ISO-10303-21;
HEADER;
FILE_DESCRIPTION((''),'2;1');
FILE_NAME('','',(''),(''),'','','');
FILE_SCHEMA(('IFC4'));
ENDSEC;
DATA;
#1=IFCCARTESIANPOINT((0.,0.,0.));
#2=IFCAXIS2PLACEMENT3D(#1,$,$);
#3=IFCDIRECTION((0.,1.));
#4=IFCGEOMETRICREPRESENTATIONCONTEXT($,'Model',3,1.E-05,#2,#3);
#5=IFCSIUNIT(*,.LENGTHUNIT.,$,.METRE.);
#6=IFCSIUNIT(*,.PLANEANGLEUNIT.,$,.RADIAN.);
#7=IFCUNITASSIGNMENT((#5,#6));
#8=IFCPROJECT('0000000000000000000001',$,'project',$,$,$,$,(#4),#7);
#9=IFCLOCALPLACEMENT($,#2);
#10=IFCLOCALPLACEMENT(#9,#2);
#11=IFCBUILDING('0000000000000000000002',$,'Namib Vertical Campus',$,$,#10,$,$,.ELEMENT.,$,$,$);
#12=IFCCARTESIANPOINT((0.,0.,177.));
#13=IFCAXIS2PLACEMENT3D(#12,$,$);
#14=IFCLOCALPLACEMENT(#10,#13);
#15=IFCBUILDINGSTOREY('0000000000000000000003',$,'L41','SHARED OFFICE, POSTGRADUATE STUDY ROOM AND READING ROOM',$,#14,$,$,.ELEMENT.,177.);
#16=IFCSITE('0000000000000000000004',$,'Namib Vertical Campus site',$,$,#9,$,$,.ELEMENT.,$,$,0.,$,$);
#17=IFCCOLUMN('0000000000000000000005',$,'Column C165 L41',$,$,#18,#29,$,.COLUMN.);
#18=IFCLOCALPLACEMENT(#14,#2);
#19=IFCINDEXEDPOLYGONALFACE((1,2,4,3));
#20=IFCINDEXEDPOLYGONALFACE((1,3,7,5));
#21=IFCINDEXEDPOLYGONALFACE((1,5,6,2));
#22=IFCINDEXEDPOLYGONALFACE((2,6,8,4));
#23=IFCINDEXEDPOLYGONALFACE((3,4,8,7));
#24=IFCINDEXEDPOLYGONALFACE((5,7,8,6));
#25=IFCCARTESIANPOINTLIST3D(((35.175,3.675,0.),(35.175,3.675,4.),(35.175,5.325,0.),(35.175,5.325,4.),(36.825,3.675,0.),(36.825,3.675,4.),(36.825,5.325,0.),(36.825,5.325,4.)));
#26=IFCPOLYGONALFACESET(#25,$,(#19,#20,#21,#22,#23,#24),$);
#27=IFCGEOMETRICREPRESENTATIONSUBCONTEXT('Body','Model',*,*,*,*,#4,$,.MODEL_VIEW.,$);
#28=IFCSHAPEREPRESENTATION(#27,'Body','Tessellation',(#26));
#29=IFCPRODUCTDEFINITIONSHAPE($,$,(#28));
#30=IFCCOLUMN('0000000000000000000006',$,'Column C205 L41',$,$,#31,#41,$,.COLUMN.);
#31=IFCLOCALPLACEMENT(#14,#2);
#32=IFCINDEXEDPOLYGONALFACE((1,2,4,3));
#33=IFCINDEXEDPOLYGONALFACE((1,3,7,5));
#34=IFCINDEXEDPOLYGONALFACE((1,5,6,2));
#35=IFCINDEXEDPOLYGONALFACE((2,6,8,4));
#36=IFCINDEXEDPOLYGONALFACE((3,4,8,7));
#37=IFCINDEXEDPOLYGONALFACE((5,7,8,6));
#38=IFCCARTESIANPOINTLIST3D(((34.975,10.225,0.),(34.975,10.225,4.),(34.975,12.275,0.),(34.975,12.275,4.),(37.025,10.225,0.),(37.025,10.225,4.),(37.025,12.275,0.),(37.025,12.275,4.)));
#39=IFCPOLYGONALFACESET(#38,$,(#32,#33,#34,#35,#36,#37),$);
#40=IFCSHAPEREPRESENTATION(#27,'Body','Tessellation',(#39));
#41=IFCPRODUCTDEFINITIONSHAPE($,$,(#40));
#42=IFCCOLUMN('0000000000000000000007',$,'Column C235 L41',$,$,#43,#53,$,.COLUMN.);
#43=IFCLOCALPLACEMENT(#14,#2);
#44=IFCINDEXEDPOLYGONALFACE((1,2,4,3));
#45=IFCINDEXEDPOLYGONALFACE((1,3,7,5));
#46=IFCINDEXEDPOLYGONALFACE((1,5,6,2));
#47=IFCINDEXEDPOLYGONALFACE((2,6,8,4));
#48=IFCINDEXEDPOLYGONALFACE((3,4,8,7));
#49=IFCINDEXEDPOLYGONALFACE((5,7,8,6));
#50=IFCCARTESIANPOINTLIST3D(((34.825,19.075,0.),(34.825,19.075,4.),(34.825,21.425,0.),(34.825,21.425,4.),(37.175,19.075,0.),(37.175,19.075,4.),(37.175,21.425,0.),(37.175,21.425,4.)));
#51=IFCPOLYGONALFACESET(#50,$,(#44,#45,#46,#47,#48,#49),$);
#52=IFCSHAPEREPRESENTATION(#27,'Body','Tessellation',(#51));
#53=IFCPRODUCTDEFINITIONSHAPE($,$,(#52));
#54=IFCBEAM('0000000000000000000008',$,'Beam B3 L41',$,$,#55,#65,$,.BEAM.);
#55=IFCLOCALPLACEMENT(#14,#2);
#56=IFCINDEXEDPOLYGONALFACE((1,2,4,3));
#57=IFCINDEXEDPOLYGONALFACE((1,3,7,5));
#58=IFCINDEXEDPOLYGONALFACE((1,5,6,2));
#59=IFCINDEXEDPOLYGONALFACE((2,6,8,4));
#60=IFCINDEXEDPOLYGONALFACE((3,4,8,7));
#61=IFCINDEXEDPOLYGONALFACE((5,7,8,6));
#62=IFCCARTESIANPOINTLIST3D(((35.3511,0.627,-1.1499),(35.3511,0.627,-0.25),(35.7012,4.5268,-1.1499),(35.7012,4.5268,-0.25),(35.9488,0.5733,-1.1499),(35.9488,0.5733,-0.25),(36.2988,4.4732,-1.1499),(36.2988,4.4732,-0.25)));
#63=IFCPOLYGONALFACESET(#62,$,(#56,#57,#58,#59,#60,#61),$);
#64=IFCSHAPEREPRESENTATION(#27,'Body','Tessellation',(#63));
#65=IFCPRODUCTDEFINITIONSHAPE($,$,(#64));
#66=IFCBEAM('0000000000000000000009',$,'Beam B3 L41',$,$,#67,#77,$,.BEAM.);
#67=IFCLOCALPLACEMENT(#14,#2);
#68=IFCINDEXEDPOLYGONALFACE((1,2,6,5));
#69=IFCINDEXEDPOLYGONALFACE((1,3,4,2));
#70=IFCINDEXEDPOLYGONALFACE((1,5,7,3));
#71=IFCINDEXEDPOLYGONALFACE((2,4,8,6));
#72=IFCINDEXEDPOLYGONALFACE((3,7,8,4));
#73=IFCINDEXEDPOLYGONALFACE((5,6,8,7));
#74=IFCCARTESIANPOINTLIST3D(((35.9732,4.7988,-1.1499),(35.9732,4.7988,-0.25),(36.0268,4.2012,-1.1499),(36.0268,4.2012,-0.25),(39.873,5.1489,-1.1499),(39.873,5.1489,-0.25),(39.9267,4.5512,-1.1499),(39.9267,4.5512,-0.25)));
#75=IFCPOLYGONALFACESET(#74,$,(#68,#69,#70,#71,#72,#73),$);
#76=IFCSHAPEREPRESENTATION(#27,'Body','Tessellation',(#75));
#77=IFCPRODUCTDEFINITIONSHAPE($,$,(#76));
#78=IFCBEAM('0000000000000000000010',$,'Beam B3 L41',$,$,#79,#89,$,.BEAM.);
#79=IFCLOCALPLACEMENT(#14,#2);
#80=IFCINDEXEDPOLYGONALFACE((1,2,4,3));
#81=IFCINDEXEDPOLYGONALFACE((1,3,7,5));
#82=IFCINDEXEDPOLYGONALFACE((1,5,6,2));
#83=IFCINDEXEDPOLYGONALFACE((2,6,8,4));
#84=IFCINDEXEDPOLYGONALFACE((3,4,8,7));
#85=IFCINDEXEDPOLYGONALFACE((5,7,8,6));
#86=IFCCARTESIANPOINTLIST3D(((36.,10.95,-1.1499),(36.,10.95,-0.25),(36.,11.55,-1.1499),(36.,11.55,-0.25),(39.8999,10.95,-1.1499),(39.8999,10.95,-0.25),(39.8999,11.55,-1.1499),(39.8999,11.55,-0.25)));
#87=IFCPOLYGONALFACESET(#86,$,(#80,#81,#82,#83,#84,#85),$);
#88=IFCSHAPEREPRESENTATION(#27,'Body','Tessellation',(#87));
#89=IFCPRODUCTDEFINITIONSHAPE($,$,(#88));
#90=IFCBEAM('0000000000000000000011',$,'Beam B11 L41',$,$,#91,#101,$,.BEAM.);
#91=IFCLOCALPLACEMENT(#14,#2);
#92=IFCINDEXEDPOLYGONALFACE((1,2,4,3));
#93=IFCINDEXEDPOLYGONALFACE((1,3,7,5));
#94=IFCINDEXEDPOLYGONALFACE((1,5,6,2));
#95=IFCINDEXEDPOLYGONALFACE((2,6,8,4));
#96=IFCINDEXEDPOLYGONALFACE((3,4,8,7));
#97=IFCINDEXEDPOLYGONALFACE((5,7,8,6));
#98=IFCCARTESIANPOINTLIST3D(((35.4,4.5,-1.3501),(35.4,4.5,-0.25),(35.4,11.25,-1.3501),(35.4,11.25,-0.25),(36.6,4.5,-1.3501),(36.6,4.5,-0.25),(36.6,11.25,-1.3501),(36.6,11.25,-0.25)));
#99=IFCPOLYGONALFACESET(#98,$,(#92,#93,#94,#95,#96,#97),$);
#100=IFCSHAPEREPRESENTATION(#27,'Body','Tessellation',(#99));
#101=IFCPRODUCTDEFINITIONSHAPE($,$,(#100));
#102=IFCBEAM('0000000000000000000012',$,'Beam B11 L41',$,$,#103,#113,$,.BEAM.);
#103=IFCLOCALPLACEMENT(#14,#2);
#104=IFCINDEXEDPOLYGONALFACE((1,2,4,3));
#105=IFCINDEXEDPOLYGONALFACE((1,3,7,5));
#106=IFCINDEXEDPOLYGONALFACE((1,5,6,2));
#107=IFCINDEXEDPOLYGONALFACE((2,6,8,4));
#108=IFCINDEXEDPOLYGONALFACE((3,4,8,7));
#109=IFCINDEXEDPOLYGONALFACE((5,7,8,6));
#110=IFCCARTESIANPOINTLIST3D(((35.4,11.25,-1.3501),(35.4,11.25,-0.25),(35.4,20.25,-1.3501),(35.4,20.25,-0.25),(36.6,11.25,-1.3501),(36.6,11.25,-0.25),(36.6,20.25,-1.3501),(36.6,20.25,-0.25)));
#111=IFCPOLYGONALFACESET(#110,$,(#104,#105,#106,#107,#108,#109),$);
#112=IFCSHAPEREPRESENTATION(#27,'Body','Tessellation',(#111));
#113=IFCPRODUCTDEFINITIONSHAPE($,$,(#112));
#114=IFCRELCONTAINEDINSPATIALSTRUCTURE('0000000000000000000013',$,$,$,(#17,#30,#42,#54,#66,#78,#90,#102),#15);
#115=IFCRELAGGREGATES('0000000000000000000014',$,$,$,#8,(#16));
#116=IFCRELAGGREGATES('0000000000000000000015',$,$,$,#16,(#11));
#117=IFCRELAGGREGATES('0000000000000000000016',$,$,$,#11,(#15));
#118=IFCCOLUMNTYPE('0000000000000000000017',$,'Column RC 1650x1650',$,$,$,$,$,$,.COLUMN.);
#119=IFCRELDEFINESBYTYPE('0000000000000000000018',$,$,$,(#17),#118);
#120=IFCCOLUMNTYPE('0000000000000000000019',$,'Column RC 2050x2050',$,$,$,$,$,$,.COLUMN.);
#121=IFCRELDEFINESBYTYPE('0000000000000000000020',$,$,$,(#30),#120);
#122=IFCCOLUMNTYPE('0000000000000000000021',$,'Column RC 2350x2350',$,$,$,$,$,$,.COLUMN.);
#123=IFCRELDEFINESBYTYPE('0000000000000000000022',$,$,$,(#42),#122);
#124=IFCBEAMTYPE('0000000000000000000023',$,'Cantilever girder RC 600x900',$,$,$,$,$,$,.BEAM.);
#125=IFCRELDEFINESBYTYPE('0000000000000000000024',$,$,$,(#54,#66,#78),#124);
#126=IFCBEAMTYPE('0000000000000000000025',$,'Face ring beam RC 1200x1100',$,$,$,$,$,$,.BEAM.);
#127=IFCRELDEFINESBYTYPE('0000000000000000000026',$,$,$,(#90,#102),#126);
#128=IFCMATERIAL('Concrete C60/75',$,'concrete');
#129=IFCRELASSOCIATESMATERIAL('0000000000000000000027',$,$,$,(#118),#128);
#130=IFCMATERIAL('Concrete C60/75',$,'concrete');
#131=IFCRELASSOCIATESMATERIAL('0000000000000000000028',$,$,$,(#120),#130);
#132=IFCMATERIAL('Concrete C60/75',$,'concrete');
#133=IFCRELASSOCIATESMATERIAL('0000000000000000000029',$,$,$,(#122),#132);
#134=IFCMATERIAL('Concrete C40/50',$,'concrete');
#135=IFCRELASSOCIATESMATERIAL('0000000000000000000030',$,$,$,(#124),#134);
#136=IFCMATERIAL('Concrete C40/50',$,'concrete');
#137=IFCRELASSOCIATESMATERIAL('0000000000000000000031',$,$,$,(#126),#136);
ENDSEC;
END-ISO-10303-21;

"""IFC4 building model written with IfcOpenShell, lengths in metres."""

from ifc_helpers import new_model, si_unit, direction, frame, origin, origin_2d, place, context, subcontext, project, spatial, rectangle, extrude, material, material_profile, profile_set, type_object, element, save


model = new_model("IFC4")

# Units and contexts
model_context = context("Model", 3, precision=1e-05, world=origin(), true_north=direction((0.0, 1.0)))
body_context = subcontext(model_context, "Body", "Model", "MODEL_VIEW")
ifc_project = project(units=[si_unit("LENGTHUNIT", "METRE"), si_unit("PLANEANGLEUNIT", "RADIAN")], contexts=[model_context])

# Site, building, storey
site_placement = place(None, origin())
site = spatial("IfcSite", under=ifc_project, at=site_placement, Name="Namib Vertical Campus site", CompositionType="ELEMENT", RefElevation=0.0)
building_placement = place(site_placement, origin())
building = spatial("IfcBuilding", under=site, at=building_placement, Name="Namib Vertical Campus", CompositionType="ELEMENT")
storey_placement = place(building_placement, frame((0.0, 0.0, 177.0)))
storey = spatial("IfcBuildingStorey", under=building, at=storey_placement, Name="L41", Description="SHARED OFFICE, POSTGRADUATE STUDY ROOM AND READING ROOM", CompositionType="ELEMENT", Elevation=177.0)

# Columns
ifc_material_1 = material(Name="Concrete C60/75", Category="concrete")
ifc_material_profile_1 = material_profile(ifc_material_1, rectangle(XDim=1.6499, YDim=1.6499, at=origin_2d()))
ifc_profile_set_1 = profile_set([ifc_material_profile_1], Name="Concrete C60/75")
column_type_1 = type_object("IfcColumnType", Name="Column RC 1650x1650", PredefinedType="COLUMN", material=ifc_profile_set_1)
column_1_placement = place(storey_placement, frame((36.0, 4.5, 0.0), z_axis=(0.0, 0.0, 1.0), x_axis=(1.0, 0.0, 0.0)))
element("IfcColumn", 1, at=column_1_placement, inside=storey, type_object=column_type_1, Name="Column C165 L41", PredefinedType="COLUMN", context=body_context, shape_type="SweptSolid", body=[
    extrude(rectangle(XDim=1.6499, YDim=1.6499, at=origin_2d()), origin(), (0.0, 0.0, 1.0), 4.0),
])
ifc_material_2 = material(Name="Concrete C60/75", Category="concrete")
ifc_material_profile_2 = material_profile(ifc_material_2, rectangle(XDim=2.05, YDim=2.05, at=origin_2d()))
ifc_profile_set_2 = profile_set([ifc_material_profile_2], Name="Concrete C60/75")
column_type_2 = type_object("IfcColumnType", Name="Column RC 2050x2050", PredefinedType="COLUMN", material=ifc_profile_set_2)
column_2_placement = place(storey_placement, frame((36.0, 11.25, 0.0), z_axis=(0.0, 0.0, 1.0), x_axis=(1.0, 0.0, 0.0)))
element("IfcColumn", 2, at=column_2_placement, inside=storey, type_object=column_type_2, Name="Column C205 L41", PredefinedType="COLUMN", context=body_context, shape_type="SweptSolid", body=[
    extrude(rectangle(XDim=2.05, YDim=2.05, at=origin_2d()), origin(), (0.0, 0.0, 1.0), 4.0),
])
ifc_material_3 = material(Name="Concrete C60/75", Category="concrete")
ifc_material_profile_3 = material_profile(ifc_material_3, rectangle(XDim=2.3501, YDim=2.3501, at=origin_2d()))
ifc_profile_set_3 = profile_set([ifc_material_profile_3], Name="Concrete C60/75")
column_type_3 = type_object("IfcColumnType", Name="Column RC 2350x2350", PredefinedType="COLUMN", material=ifc_profile_set_3)
column_3_placement = place(storey_placement, frame((36.0, 20.25, 0.0), z_axis=(0.0, 0.0, 1.0), x_axis=(1.0, 0.0, 0.0)))
element("IfcColumn", 3, at=column_3_placement, inside=storey, type_object=column_type_3, Name="Column C235 L41", PredefinedType="COLUMN", context=body_context, shape_type="SweptSolid", body=[
    extrude(rectangle(XDim=2.3501, YDim=2.3501, at=origin_2d()), origin(), (0.0, 0.0, 1.0), 4.0),
])

# Beams
ifc_material_4 = material(Name="Concrete C40/50", Category="concrete")
ifc_material_profile_4 = material_profile(ifc_material_4, rectangle(XDim=0.6001, YDim=0.8999, at=origin_2d()))
ifc_profile_set_4 = profile_set([ifc_material_profile_4], Name="Concrete C40/50")
beam_type_1 = type_object("IfcBeamType", Name="Cantilever girder RC 600x900", PredefinedType="BEAM", material=ifc_profile_set_4)
for number, where, z_axis, x_axis, name in (
    (4, (36.0, 4.5, -0.7), (-0.089411, -0.995995, 0.0), (0.995995, -0.089411, 0.0), "Beam B3 L41"),
    (5, (36.0, 4.5, -0.7), (0.995995, 0.089411, 0.0), (-0.089411, 0.995995, 0.0), "Beam B3 L41"),
):
    element("IfcBeam", number, at=place(storey_placement, frame(where, z_axis=z_axis, x_axis=x_axis)), inside=storey, type_object=beam_type_1, Name=name, PredefinedType="BEAM", context=body_context, shape_type="SweptSolid", body=[
        extrude(rectangle(XDim=0.6001, YDim=0.8999, at=origin_2d()), origin(), (0.0, 0.0, 1.0), 3.9155),
    ])
beam_1_placement = place(storey_placement, frame((36.0, 11.25, -0.7), z_axis=(1.0, 0.0, 0.0), x_axis=(0.0, 1.0, 0.0)))
element("IfcBeam", 6, at=beam_1_placement, inside=storey, type_object=beam_type_1, Name="Beam B3 L41", PredefinedType="BEAM", context=body_context, shape_type="SweptSolid", body=[
    extrude(rectangle(XDim=0.6001, YDim=0.8999, at=origin_2d()), origin(), (0.0, 0.0, 1.0), 3.8999),
])
ifc_material_5 = material(Name="Concrete C40/50", Category="concrete")
ifc_material_profile_5 = material_profile(ifc_material_5, rectangle(XDim=1.2, YDim=1.1001, at=origin_2d()))
ifc_profile_set_5 = profile_set([ifc_material_profile_5], Name="Concrete C40/50")
beam_type_2 = type_object("IfcBeamType", Name="Face ring beam RC 1200x1100", PredefinedType="BEAM", material=ifc_profile_set_5)
beam_2_placement = place(storey_placement, frame((36.0, 4.5, -0.8), z_axis=(0.0, 1.0, 0.0), x_axis=(-1.0, 0.0, 0.0)))
element("IfcBeam", 7, at=beam_2_placement, inside=storey, type_object=beam_type_2, Name="Beam B11 L41", PredefinedType="BEAM", context=body_context, shape_type="SweptSolid", body=[
    extrude(rectangle(XDim=1.2, YDim=1.1001, at=origin_2d()), origin(), (0.0, 0.0, 1.0), 6.75),
])
beam_3_placement = place(storey_placement, frame((36.0, 11.25, -0.8), z_axis=(0.0, 1.0, 0.0), x_axis=(-1.0, 0.0, 0.0)))
element("IfcBeam", 8, at=beam_3_placement, inside=storey, type_object=beam_type_2, Name="Beam B11 L41", PredefinedType="BEAM", context=body_context, shape_type="SweptSolid", body=[
    extrude(rectangle(XDim=1.2, YDim=1.1001, at=origin_2d()), origin(), (0.0, 0.0, 1.0), 9.0),
])

save(model, "model.ifc")
